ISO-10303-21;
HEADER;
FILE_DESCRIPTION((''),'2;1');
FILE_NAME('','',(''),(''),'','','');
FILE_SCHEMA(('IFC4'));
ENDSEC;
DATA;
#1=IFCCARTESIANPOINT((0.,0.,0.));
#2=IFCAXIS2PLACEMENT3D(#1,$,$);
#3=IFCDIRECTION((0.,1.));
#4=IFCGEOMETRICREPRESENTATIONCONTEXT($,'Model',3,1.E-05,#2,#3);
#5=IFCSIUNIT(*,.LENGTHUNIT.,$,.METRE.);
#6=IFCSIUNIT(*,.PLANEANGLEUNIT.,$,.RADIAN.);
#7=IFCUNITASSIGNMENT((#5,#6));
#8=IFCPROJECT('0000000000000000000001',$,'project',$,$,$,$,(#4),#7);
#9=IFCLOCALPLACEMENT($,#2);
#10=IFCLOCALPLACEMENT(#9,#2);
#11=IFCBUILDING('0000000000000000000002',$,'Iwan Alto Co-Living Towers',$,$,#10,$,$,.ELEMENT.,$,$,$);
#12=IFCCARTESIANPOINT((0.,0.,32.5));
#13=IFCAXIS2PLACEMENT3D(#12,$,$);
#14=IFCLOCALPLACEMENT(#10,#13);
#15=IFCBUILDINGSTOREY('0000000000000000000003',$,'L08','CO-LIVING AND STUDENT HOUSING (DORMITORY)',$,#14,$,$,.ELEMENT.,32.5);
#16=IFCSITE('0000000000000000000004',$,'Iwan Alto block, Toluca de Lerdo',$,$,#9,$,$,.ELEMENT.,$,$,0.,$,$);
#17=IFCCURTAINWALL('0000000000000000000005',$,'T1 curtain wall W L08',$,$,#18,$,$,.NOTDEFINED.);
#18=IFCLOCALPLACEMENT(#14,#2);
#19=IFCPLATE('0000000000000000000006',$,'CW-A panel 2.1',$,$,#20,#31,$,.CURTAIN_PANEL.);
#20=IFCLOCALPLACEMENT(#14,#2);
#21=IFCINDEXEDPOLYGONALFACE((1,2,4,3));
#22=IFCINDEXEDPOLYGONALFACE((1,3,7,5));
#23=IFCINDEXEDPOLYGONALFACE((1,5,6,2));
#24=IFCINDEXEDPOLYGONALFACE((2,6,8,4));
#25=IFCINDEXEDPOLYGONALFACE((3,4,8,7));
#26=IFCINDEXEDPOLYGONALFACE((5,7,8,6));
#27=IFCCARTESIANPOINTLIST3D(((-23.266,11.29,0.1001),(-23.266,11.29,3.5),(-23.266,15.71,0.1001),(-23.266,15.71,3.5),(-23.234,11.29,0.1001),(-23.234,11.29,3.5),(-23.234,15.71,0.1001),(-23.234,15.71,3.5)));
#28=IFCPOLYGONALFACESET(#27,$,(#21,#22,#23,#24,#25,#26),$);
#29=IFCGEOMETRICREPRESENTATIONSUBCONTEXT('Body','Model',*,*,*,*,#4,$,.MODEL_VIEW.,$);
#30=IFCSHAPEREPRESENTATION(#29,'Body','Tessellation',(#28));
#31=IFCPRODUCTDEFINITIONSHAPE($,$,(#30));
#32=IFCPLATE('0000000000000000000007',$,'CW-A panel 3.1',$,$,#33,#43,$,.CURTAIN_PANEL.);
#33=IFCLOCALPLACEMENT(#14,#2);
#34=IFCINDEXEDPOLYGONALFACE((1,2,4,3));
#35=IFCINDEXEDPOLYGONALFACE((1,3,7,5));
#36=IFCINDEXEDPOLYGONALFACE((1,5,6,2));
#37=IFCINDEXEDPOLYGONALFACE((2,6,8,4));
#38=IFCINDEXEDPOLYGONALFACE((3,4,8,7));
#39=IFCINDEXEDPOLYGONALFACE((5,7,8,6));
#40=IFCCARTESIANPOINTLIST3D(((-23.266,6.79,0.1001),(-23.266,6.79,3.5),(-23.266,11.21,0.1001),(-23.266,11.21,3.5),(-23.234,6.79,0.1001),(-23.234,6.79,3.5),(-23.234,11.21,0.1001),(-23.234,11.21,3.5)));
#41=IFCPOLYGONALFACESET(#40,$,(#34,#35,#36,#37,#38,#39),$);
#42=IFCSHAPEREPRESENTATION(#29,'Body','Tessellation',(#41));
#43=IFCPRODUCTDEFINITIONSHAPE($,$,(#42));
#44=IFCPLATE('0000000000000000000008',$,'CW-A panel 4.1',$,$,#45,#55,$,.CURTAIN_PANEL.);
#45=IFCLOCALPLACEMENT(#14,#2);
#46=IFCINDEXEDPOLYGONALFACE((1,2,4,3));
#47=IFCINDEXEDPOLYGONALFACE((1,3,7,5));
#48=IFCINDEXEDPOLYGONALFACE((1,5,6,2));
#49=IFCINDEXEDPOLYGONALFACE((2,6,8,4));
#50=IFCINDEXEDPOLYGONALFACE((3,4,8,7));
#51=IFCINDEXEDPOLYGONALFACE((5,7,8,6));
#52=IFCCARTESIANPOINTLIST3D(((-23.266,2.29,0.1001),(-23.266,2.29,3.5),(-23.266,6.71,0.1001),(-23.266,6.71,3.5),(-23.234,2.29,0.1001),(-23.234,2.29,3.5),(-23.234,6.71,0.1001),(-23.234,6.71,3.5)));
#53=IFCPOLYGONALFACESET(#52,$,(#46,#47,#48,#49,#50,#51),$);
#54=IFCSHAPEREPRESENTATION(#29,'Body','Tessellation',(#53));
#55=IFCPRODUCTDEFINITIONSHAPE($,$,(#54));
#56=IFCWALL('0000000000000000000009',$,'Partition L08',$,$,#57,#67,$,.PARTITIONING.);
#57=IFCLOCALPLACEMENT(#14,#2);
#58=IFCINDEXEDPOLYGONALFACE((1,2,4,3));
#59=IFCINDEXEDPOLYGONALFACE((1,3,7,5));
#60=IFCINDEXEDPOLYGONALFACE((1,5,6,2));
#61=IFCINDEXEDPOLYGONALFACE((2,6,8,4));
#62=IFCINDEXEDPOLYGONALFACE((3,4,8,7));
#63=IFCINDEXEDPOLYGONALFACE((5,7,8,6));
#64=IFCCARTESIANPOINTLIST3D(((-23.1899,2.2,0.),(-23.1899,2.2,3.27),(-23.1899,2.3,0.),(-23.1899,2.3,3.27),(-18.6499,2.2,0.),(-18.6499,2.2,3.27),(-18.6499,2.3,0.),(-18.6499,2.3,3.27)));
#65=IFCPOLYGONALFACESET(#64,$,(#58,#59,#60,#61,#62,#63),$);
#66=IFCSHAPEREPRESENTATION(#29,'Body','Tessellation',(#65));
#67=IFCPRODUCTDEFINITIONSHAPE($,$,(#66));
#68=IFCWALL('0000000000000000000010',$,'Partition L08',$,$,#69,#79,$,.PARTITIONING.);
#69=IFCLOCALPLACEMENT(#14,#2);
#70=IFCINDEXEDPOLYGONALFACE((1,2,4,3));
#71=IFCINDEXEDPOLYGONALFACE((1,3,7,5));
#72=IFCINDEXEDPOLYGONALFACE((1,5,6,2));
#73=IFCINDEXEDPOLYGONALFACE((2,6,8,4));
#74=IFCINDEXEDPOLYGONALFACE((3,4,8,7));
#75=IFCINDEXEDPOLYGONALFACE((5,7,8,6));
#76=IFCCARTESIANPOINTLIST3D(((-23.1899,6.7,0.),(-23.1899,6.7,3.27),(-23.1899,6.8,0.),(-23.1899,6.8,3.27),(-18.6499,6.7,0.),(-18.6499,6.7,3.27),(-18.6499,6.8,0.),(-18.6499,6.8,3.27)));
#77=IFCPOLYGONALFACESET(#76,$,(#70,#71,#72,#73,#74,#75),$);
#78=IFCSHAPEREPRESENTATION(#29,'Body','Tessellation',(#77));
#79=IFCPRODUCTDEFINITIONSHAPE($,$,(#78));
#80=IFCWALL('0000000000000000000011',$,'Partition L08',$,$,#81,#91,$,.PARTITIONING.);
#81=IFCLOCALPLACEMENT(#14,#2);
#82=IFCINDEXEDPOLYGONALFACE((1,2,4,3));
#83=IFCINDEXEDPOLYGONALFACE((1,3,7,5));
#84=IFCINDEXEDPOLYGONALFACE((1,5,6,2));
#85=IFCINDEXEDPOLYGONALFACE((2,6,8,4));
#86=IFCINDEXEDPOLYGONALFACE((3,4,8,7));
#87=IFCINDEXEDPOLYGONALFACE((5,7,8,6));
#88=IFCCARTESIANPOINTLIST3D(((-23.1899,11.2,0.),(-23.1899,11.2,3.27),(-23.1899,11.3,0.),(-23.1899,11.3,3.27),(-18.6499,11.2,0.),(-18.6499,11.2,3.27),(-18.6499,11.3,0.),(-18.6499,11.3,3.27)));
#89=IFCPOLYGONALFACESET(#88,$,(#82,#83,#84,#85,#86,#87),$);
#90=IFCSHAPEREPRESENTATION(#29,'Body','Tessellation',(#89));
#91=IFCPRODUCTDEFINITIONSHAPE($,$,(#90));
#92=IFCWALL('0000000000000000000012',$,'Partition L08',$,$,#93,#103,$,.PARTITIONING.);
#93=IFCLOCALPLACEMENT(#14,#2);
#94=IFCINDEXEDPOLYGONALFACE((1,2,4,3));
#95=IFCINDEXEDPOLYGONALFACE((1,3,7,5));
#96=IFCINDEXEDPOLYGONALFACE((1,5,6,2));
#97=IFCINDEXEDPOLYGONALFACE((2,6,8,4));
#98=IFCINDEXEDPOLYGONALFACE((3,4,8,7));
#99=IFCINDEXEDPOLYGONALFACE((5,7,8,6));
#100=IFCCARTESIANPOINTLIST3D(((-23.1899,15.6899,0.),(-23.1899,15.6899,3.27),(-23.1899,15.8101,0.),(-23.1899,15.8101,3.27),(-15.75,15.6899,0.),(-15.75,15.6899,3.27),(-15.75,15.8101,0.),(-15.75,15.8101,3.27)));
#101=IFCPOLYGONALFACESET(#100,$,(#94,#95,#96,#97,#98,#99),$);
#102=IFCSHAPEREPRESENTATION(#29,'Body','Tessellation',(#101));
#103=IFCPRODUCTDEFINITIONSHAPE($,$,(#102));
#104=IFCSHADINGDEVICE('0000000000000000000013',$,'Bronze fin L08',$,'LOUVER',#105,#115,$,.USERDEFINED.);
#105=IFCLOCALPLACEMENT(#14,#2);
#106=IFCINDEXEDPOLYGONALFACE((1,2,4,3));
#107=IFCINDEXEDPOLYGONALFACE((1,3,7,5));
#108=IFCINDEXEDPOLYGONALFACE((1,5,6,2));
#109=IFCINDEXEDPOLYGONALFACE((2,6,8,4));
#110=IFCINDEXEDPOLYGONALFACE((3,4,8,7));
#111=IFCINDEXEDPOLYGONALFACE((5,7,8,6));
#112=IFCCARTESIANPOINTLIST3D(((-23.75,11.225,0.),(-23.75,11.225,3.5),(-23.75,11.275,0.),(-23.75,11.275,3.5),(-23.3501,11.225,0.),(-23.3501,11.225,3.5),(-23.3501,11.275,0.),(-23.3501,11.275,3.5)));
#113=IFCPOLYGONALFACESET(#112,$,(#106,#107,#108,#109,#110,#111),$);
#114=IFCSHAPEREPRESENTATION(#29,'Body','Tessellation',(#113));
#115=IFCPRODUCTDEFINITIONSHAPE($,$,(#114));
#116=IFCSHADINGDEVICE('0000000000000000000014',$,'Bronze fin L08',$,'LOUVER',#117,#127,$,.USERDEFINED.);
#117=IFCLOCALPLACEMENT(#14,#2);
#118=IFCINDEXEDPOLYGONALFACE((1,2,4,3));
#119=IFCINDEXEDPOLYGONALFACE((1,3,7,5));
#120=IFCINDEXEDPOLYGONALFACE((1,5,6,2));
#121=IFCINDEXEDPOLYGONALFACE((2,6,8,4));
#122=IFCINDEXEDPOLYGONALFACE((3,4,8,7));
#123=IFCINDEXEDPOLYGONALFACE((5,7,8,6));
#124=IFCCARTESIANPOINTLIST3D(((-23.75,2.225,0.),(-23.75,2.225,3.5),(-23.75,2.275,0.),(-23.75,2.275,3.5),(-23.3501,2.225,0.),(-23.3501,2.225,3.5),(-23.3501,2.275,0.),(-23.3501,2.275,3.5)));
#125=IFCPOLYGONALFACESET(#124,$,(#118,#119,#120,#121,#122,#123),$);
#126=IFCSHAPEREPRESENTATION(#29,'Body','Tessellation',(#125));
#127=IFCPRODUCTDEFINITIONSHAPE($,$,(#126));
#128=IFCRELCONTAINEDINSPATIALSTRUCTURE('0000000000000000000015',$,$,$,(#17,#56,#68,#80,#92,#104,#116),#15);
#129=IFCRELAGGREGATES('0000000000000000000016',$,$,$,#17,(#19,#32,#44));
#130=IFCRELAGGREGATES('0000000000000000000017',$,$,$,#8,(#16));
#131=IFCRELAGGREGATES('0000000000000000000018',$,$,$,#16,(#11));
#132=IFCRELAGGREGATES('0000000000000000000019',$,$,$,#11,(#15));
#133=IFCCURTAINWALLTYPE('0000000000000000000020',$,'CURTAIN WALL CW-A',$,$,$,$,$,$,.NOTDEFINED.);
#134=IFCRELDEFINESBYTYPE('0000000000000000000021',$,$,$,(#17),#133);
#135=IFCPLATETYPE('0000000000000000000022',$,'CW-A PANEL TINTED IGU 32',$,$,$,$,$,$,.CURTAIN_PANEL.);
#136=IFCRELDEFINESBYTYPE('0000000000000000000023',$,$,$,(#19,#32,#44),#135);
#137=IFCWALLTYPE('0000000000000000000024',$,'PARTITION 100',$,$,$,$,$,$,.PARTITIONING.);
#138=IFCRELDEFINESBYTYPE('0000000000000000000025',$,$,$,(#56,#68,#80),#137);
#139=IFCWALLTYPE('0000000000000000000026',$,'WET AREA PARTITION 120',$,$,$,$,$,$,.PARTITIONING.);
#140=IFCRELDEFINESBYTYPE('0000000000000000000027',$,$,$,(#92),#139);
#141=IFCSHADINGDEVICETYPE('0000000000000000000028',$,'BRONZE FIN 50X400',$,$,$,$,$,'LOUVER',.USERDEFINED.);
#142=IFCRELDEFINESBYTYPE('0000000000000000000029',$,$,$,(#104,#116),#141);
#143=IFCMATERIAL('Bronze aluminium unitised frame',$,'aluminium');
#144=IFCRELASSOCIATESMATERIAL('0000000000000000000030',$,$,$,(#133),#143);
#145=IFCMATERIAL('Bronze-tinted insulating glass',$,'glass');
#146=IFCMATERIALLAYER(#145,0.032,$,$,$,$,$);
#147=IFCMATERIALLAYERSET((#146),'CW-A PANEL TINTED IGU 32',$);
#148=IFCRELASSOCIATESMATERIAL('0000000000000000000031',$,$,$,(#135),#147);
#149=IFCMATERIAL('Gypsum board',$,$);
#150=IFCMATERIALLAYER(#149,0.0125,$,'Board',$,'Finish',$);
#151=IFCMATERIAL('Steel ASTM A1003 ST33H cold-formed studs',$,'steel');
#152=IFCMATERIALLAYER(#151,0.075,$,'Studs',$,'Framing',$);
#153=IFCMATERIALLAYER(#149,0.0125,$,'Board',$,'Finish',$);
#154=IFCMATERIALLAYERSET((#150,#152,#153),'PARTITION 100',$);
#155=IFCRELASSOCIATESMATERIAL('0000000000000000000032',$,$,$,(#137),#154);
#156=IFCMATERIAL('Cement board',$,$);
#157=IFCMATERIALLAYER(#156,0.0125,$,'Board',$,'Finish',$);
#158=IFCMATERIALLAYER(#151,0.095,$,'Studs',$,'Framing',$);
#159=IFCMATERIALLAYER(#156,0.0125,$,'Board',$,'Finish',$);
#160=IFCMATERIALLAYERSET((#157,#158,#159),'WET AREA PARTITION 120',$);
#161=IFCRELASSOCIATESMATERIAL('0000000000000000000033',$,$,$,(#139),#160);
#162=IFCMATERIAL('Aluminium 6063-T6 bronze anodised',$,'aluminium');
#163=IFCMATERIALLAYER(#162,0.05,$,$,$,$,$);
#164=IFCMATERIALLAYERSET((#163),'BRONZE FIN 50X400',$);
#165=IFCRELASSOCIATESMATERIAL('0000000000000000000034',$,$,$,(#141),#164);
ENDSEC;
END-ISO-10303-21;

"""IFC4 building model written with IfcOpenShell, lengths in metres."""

from ifc_helpers import new_model, si_unit, direction, frame, frame_2d, origin, origin_2d, place, context, subcontext, project, spatial, rectangle, extrude, material, layer, layer_set, type_object, element, aggregate, save


model = new_model("IFC4")

# Units and contexts
model_context = context("Model", 3, precision=1e-05, world=origin(), true_north=direction((0.0, 1.0)))
body_context = subcontext(model_context, "Body", "Model", "MODEL_VIEW")
ifc_project = project(units=[si_unit("LENGTHUNIT", "METRE"), si_unit("PLANEANGLEUNIT", "RADIAN")], contexts=[model_context])

# Site, building, storey
site_placement = place(None, origin())
site = spatial("IfcSite", under=ifc_project, at=site_placement, Name="Iwan Alto block, Toluca de Lerdo", CompositionType="ELEMENT", RefElevation=0.0)
building_placement = place(site_placement, origin())
building = spatial("IfcBuilding", under=site, at=building_placement, Name="Iwan Alto Co-Living Towers", CompositionType="ELEMENT")
storey_placement = place(building_placement, frame((0.0, 0.0, 32.5)))
storey = spatial("IfcBuildingStorey", under=building, at=storey_placement, Name="L08", Description="CO-LIVING AND STUDENT HOUSING (DORMITORY)", CompositionType="ELEMENT", Elevation=32.5)

# Curtain wall
ifc_material_1 = material(Name="Bronze aluminium unitised frame", Category="aluminium")
curtain_wall_type = type_object("IfcCurtainWallType", Name="CURTAIN WALL CW-A", PredefinedType="NOTDEFINED", material=ifc_material_1)
curtain_wall_placement = place(storey_placement, origin())
curtain_wall = element("IfcCurtainWall", 1, at=curtain_wall_placement, inside=storey, type_object=curtain_wall_type, Name="T1 curtain wall W L08", PredefinedType="NOTDEFINED")

# Plates
ifc_material_2 = material(Name="Bronze-tinted insulating glass", Category="glass")
ifc_layer_1 = layer(ifc_material_2, 0.032)
ifc_layer_set_1 = layer_set([ifc_layer_1], Name="CW-A PANEL TINTED IGU 32")
plate_type = type_object("IfcPlateType", Name="CW-A PANEL TINTED IGU 32", PredefinedType="CURTAIN_PANEL", material=ifc_layer_set_1)
plate_1_placement = place(storey_placement, frame((-23.25, 13.5, 0.1001), z_axis=(0.0, 0.0, 1.0), x_axis=(0.0, -1.0, 0.0)))
plate_1 = element("IfcPlate", 2, at=plate_1_placement, type_object=plate_type, Name="CW-A panel 2.1", PredefinedType="CURTAIN_PANEL", context=body_context, shape_type="SweptSolid", body=[
    extrude(rectangle(XDim=4.4199, YDim=0.032, at=origin_2d()), origin(), (0.0, 0.0, 1.0), 3.3999),
])
plate_2_placement = place(storey_placement, frame((-23.25, 9.0, 0.1001), z_axis=(0.0, 0.0, 1.0), x_axis=(0.0, -1.0, 0.0)))
plate_2 = element("IfcPlate", 3, at=plate_2_placement, type_object=plate_type, Name="CW-A panel 3.1", PredefinedType="CURTAIN_PANEL", context=body_context, shape_type="SweptSolid", body=[
    extrude(rectangle(XDim=4.4199, YDim=0.032, at=origin_2d()), origin(), (0.0, 0.0, 1.0), 3.3999),
])
plate_3_placement = place(storey_placement, frame((-23.25, 4.5, 0.1001), z_axis=(0.0, 0.0, 1.0), x_axis=(0.0, -1.0, 0.0)))
plate_3 = element("IfcPlate", 4, at=plate_3_placement, type_object=plate_type, Name="CW-A panel 4.1", PredefinedType="CURTAIN_PANEL", context=body_context, shape_type="SweptSolid", body=[
    extrude(rectangle(XDim=4.4199, YDim=0.032, at=origin_2d()), origin(), (0.0, 0.0, 1.0), 3.3999),
])
aggregate(curtain_wall, [plate_1, plate_2, plate_3])

# Walls
ifc_material_3 = material(Name="Gypsum board")
ifc_layer_2 = layer(ifc_material_3, 0.0125, Name="Board", Category="Finish")
ifc_material_4 = material(Name="Steel ASTM A1003 ST33H cold-formed studs", Category="steel")
ifc_layer_3 = layer(ifc_material_4, 0.075, Name="Studs", Category="Framing")
ifc_layer_4 = layer(ifc_material_3, 0.0125, Name="Board", Category="Finish")
ifc_layer_set_2 = layer_set([ifc_layer_2, ifc_layer_3, ifc_layer_4], Name="PARTITION 100")
wall_type_1 = type_object("IfcWallType", Name="PARTITION 100", PredefinedType="PARTITIONING", material=ifc_layer_set_2)
for number, where, z_axis, x_axis, name in (
    (5, (-23.1899, 2.25, 0.0), (0.0, 0.0, 1.0), (1.0, 0.0, 0.0), "Partition L08"),
    (6, (-23.1899, 6.75, 0.0), (0.0, 0.0, 1.0), (1.0, 0.0, 0.0), "Partition L08"),
    (7, (-23.1899, 11.25, 0.0), (0.0, 0.0, 1.0), (1.0, 0.0, 0.0), "Partition L08"),
):
    element("IfcWall", number, at=place(storey_placement, frame(where, z_axis=z_axis, x_axis=x_axis)), inside=storey, type_object=wall_type_1, Name=name, PredefinedType="PARTITIONING", context=body_context, shape_type="SweptSolid", body=[
        extrude(rectangle(XDim=4.54, YDim=0.1001, at=frame_2d((2.27, 0.0))), origin(), (0.0, 0.0, 1.0), 3.27),
    ])
ifc_material_5 = material(Name="Cement board")
ifc_layer_5 = layer(ifc_material_5, 0.0125, Name="Board", Category="Finish")
ifc_layer_6 = layer(ifc_material_4, 0.095, Name="Studs", Category="Framing")
ifc_layer_7 = layer(ifc_material_5, 0.0125, Name="Board", Category="Finish")
ifc_layer_set_3 = layer_set([ifc_layer_5, ifc_layer_6, ifc_layer_7], Name="WET AREA PARTITION 120")
wall_type_2 = type_object("IfcWallType", Name="WET AREA PARTITION 120", PredefinedType="PARTITIONING", material=ifc_layer_set_3)
wall_placement = place(storey_placement, frame((-23.1899, 15.75, 0.0), z_axis=(0.0, 0.0, 1.0), x_axis=(1.0, 0.0, 0.0)))
element("IfcWall", 8, at=wall_placement, inside=storey, type_object=wall_type_2, Name="Partition L08", PredefinedType="PARTITIONING", context=body_context, shape_type="SweptSolid", body=[
    extrude(rectangle(XDim=7.4399, YDim=0.1201, at=frame_2d((3.72, 0.0))), origin(), (0.0, 0.0, 1.0), 3.27),
])

# Shading devices
ifc_material_6 = material(Name="Aluminium 6063-T6 bronze anodised", Category="aluminium")
ifc_layer_8 = layer(ifc_material_6, 0.05)
ifc_layer_set_4 = layer_set([ifc_layer_8], Name="BRONZE FIN 50X400")
shading_device_type = type_object("IfcShadingDeviceType", Name="BRONZE FIN 50X400", ElementType="LOUVER", PredefinedType="USERDEFINED", material=ifc_layer_set_4)
for number, where, z_axis, x_axis, name in (
    (9, (-23.55, 11.25, 0.0), (0.0, 0.0, 1.0), (0.0, -1.0, 0.0), "Bronze fin L08"),
    (10, (-23.55, 2.25, 0.0), (0.0, 0.0, 1.0), (0.0, -1.0, 0.0), "Bronze fin L08"),
):
    element("IfcShadingDevice", number, at=place(storey_placement, frame(where, z_axis=z_axis, x_axis=x_axis)), inside=storey, type_object=shading_device_type, Name=name, ObjectType="LOUVER", PredefinedType="USERDEFINED", context=body_context, shape_type="SweptSolid", body=[
        extrude(rectangle(XDim=0.05, YDim=0.3999, at=origin_2d()), origin(), (0.0, 0.0, 1.0), 3.5),
    ])

save(model, "model.ifc")
